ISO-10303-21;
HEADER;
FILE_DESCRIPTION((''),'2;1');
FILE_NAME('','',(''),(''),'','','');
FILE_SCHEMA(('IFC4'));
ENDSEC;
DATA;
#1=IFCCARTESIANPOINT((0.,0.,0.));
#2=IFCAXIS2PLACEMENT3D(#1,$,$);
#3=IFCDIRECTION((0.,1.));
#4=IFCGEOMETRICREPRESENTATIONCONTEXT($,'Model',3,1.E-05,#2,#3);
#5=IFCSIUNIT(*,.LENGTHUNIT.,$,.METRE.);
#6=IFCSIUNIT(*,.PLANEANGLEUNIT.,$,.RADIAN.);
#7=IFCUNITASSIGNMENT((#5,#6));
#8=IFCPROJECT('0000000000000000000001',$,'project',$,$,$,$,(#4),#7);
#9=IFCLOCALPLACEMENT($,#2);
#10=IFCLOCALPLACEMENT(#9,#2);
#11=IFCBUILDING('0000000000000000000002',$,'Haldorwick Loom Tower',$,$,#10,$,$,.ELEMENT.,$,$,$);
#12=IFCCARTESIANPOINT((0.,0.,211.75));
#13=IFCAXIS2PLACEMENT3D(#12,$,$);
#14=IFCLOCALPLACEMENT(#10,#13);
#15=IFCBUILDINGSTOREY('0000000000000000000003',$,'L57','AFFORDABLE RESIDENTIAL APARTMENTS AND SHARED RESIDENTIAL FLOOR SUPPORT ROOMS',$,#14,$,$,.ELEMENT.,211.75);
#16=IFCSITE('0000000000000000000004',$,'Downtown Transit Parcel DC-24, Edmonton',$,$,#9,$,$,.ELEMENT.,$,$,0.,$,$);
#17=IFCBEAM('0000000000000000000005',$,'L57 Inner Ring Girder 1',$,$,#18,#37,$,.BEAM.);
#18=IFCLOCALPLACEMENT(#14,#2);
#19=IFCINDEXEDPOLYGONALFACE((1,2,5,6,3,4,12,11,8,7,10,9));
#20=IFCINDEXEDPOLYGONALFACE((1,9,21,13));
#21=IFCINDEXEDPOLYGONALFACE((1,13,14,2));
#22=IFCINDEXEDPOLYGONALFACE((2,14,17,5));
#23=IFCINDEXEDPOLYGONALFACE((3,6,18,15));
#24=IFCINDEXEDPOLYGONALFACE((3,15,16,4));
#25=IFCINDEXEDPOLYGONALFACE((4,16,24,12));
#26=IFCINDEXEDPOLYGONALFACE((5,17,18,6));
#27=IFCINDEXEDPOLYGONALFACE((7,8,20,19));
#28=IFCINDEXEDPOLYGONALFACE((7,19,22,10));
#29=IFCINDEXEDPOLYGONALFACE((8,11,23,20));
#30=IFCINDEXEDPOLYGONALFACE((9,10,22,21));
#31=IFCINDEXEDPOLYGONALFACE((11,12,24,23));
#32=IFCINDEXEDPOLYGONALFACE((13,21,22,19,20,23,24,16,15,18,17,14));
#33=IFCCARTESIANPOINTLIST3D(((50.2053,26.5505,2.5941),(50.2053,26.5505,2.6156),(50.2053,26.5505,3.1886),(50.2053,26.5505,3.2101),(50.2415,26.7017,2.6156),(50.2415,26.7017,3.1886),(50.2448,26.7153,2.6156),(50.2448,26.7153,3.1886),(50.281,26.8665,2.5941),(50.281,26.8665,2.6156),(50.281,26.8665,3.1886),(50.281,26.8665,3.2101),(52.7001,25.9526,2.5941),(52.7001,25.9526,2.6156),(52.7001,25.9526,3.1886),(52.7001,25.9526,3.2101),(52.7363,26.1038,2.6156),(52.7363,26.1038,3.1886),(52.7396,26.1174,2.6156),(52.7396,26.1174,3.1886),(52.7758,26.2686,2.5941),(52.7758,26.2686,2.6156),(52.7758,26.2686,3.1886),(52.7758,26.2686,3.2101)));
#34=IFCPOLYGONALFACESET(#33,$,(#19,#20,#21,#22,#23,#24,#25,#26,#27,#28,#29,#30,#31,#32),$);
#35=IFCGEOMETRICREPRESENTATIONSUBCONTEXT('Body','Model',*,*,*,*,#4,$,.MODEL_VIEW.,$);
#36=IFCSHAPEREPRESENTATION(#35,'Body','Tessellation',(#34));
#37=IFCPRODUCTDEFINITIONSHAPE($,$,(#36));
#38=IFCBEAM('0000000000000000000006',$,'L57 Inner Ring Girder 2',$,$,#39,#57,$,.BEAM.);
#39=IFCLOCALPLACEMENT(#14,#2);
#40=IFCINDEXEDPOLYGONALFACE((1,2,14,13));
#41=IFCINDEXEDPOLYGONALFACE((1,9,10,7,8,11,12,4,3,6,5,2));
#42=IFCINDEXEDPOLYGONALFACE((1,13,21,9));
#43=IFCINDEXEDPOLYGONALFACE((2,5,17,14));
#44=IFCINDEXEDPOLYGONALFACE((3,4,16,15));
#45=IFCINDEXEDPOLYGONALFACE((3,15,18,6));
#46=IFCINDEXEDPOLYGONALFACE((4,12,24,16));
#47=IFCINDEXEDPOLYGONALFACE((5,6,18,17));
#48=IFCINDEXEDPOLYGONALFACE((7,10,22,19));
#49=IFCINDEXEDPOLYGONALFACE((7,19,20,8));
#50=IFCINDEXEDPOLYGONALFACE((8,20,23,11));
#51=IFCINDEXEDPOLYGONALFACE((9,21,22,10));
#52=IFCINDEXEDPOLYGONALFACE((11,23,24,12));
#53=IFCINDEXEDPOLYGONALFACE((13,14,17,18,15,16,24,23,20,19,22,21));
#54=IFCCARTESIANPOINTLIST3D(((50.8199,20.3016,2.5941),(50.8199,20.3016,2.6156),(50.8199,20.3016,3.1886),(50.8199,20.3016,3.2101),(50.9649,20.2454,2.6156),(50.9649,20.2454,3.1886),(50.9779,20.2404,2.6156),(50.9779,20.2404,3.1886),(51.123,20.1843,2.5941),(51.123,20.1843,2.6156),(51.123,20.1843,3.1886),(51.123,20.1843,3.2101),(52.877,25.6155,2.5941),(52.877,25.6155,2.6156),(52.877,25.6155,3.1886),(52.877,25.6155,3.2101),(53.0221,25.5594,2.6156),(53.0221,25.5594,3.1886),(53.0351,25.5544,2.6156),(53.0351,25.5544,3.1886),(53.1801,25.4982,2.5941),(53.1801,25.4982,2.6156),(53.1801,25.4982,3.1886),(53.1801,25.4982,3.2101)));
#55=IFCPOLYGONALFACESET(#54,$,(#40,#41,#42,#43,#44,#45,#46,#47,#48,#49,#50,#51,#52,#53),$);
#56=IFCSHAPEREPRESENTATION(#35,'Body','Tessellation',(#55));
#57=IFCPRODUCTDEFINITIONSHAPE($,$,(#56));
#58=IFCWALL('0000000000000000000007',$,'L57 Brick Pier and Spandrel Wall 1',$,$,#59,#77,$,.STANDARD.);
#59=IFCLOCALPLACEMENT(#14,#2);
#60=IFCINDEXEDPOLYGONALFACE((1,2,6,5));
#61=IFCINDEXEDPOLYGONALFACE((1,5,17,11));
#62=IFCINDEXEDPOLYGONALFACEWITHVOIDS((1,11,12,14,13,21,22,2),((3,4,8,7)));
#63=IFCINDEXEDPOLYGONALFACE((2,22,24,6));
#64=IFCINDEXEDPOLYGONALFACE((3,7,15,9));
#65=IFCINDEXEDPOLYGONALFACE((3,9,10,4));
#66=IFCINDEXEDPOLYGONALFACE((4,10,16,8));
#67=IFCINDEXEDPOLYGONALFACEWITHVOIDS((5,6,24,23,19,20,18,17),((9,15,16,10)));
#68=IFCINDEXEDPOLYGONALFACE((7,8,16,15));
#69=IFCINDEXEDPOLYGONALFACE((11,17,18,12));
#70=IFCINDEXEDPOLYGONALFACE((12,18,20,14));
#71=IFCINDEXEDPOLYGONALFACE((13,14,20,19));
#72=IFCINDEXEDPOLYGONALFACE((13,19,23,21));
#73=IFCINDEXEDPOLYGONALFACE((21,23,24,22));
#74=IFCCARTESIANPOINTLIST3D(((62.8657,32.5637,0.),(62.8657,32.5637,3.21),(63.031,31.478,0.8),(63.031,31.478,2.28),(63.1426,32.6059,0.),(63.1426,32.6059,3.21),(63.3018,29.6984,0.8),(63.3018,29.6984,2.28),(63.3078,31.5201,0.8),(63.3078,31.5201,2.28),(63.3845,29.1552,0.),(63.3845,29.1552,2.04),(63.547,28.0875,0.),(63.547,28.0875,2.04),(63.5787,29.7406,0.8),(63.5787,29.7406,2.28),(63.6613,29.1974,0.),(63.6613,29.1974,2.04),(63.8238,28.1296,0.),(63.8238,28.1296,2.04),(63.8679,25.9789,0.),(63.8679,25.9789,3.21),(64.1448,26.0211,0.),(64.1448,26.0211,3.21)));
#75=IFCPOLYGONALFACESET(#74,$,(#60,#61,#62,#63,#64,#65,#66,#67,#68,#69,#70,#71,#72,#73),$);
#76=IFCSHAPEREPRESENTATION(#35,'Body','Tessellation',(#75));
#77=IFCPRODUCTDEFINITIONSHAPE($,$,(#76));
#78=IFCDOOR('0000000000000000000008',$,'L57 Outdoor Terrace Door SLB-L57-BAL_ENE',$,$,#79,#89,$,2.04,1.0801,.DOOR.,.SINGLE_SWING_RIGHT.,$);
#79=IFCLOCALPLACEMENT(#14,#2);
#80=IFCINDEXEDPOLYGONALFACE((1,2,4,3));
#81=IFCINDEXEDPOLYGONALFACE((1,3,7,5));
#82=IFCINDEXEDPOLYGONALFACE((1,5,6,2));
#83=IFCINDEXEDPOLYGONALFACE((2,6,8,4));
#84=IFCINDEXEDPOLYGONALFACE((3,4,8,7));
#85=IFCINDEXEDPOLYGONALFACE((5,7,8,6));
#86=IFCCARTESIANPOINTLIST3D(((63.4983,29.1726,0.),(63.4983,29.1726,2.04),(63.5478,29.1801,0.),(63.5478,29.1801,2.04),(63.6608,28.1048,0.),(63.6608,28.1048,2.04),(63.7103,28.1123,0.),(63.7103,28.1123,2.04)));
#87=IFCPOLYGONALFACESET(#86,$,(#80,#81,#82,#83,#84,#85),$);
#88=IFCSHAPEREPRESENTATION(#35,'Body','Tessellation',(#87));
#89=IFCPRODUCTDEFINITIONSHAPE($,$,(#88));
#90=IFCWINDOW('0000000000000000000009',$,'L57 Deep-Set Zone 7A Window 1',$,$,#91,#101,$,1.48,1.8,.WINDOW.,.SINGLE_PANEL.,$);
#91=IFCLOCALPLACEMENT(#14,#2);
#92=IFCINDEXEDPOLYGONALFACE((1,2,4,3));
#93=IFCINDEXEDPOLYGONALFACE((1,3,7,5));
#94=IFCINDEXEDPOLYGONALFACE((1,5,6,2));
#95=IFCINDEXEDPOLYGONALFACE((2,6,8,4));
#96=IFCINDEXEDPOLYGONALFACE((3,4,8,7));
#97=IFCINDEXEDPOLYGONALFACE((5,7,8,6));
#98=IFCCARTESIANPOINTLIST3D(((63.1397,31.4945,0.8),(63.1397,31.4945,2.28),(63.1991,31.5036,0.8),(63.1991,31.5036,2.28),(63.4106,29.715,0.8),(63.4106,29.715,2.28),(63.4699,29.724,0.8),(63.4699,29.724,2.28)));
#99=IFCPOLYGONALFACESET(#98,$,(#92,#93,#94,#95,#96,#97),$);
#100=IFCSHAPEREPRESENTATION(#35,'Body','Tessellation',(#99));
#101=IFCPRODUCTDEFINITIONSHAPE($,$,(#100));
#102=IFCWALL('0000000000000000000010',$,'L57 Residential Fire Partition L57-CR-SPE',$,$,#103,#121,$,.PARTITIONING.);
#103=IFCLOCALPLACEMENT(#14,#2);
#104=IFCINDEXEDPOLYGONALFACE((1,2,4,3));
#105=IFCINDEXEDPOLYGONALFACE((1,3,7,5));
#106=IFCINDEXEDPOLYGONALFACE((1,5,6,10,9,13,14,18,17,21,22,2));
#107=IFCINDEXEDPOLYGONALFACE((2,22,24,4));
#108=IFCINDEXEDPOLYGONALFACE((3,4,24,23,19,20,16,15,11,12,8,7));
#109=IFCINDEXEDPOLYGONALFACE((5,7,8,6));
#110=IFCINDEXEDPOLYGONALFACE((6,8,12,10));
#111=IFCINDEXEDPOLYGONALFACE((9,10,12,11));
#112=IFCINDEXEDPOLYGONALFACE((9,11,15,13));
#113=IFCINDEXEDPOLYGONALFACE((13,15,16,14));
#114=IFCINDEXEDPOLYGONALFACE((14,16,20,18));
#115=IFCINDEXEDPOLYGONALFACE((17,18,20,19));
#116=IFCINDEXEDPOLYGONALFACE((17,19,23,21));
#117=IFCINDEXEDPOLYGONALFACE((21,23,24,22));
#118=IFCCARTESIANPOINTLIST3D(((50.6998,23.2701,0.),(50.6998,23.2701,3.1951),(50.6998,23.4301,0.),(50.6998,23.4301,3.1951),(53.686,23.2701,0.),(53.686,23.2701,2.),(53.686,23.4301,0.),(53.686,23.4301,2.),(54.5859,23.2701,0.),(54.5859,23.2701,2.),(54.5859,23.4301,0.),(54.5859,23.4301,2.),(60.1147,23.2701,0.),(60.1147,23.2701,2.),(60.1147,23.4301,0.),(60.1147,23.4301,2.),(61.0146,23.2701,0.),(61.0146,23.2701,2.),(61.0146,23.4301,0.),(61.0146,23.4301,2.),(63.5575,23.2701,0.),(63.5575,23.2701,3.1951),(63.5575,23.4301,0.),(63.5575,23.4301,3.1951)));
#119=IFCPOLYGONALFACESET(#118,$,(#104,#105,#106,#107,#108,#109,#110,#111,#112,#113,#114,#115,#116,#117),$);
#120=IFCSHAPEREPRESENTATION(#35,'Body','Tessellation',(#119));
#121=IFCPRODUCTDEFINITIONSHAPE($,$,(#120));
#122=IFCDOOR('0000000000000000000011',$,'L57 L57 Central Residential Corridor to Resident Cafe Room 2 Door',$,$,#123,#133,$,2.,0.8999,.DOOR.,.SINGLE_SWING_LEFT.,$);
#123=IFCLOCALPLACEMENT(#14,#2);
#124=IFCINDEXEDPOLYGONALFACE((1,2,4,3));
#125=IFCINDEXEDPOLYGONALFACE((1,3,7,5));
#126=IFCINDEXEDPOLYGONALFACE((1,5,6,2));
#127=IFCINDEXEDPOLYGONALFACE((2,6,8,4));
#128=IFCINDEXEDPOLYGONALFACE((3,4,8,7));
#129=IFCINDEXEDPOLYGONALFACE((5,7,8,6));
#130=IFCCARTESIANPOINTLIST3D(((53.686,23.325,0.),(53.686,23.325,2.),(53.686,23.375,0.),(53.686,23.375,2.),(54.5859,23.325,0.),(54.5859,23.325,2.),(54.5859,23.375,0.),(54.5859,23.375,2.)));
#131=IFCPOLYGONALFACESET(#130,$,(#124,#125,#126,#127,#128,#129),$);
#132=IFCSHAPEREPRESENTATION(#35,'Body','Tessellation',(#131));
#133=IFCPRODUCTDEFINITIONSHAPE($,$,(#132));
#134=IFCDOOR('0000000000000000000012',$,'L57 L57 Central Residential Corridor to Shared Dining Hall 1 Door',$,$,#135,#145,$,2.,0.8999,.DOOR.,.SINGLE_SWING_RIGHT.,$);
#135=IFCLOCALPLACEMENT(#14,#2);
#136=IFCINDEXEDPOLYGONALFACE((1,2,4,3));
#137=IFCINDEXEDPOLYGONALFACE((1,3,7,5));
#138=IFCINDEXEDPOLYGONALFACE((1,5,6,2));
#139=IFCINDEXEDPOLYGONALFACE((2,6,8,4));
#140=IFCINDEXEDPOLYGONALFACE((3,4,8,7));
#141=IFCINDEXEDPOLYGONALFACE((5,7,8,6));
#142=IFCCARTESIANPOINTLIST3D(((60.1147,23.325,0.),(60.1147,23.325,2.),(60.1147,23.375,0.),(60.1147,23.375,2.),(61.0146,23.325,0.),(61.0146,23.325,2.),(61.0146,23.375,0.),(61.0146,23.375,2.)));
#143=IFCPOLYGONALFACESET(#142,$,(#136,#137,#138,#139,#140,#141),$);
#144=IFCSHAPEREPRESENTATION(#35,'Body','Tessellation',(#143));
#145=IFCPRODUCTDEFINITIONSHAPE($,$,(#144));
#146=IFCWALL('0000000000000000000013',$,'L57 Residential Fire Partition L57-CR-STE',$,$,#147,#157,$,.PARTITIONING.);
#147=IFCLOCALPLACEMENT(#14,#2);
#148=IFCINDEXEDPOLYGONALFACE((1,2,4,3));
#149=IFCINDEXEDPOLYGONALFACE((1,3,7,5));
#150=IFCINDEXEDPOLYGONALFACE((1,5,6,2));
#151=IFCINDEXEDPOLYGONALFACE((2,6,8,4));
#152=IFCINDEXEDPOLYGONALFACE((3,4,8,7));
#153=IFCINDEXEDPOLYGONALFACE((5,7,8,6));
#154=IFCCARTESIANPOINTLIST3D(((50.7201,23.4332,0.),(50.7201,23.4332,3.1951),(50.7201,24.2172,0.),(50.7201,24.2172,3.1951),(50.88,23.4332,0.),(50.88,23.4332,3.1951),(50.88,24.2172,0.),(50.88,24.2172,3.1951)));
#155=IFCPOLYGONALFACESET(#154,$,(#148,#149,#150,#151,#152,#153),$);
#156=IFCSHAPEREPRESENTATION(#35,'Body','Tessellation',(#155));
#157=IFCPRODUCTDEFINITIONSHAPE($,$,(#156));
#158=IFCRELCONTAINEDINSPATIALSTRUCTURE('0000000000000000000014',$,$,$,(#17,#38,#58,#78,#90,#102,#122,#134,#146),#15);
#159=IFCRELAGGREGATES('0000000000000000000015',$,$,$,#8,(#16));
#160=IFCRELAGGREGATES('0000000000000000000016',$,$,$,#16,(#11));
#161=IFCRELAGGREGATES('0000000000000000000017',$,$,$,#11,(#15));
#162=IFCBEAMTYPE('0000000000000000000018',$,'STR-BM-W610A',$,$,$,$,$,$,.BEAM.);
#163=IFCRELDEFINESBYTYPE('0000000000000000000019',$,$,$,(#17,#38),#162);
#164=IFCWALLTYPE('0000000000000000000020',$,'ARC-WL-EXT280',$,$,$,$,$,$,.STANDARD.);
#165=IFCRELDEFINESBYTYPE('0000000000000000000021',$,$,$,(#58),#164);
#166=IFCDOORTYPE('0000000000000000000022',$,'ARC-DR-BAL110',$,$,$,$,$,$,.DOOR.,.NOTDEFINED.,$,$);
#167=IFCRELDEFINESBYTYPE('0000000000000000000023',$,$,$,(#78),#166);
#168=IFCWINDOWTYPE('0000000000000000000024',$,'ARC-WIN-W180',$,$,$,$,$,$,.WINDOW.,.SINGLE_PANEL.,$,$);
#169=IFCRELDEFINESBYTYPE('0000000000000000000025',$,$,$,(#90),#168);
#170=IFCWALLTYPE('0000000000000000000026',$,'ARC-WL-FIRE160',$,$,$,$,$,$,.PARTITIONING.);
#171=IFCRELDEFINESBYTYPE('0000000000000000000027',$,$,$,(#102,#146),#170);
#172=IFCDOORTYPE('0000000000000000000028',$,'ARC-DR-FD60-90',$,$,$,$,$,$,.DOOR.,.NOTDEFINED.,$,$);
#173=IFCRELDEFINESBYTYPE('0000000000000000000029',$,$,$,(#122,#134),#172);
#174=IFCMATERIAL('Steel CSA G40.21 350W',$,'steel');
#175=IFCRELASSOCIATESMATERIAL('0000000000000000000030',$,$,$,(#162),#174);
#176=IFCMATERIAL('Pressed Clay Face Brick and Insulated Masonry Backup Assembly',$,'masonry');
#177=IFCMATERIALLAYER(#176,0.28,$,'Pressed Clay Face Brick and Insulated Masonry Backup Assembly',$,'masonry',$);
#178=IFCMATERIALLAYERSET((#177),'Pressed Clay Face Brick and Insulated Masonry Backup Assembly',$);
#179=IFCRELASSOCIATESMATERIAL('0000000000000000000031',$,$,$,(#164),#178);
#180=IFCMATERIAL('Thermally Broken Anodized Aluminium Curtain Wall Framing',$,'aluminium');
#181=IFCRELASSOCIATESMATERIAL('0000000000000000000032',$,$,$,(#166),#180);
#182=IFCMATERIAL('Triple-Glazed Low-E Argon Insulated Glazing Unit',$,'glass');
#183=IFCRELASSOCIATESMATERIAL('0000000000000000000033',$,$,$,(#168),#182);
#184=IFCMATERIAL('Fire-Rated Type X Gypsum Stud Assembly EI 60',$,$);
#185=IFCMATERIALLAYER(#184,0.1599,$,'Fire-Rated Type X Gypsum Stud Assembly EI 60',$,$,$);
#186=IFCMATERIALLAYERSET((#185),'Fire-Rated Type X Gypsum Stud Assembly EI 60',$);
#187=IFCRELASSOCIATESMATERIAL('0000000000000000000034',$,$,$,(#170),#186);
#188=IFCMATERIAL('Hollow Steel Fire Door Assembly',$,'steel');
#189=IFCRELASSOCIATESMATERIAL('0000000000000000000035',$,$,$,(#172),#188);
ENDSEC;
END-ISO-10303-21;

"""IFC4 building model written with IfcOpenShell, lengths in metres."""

from ifc_helpers import new_model, si_unit, direction, frame, frame_2d, origin, origin_2d, place, context, subcontext, project, spatial, rectangle, i_section, extrude, material, layer, layer_set, material_profile, profile_set, type_object, element, fill, save


model = new_model("IFC4")

# Units and contexts
model_context = context("Model", 3, precision=1e-05, world=origin(), true_north=direction((0.0, 1.0)))
body_context = subcontext(model_context, "Body", "Model", "MODEL_VIEW")
ifc_project = project(units=[si_unit("LENGTHUNIT", "METRE"), si_unit("PLANEANGLEUNIT", "RADIAN")], contexts=[model_context])

# Site, building, storey
site_placement = place(None, origin())
site = spatial("IfcSite", under=ifc_project, at=site_placement, Name="Downtown Transit Parcel DC-24, Edmonton", CompositionType="ELEMENT", RefElevation=0.0)
building_placement = place(site_placement, origin())
building = spatial("IfcBuilding", under=site, at=building_placement, Name="Haldorwick Loom Tower", CompositionType="ELEMENT")
storey_placement = place(building_placement, frame((0.0, 0.0, 211.75)))
storey = spatial("IfcBuildingStorey", under=building, at=storey_placement, Name="L57", Description="AFFORDABLE RESIDENTIAL APARTMENTS AND SHARED RESIDENTIAL FLOOR SUPPORT ROOMS", CompositionType="ELEMENT", Elevation=211.75)

# Shared definitions
ifc_material_1 = material(Name="Steel CSA G40.21 350W", Category="steel")

# Beams
ifc_material_profile_1 = material_profile(ifc_material_1, i_section(OverallWidth=0.325, OverallDepth=0.616, WebThickness=0.0139, FlangeThickness=0.0215, at=origin_2d()), Name="W610X174", Category="steel")
ifc_profile_set_1 = profile_set([ifc_material_profile_1], Name="Steel CSA G40.21 350W")
beam_type_1 = type_object("IfcBeamType", Name="STR-BM-W610A", PredefinedType="BEAM", material=ifc_profile_set_1)
beam_1_placement = place(storey_placement, frame((50.2432, 26.7085, 2.9021), z_axis=(0.972464, -0.233053, 0.0), x_axis=(0.233053, 0.972464, 0.0)))
element("IfcBeam", 1, at=beam_1_placement, inside=storey, type_object=beam_type_1, Name="L57 Inner Ring Girder 1", PredefinedType="BEAM", context=body_context, shape_type="SweptSolid", body=[
    extrude(i_section(OverallWidth=0.325, OverallDepth=0.616, WebThickness=0.0139, FlangeThickness=0.0215, at=origin_2d()), origin(), (0.0, 0.0, 1.0), 2.5654),
])
beam_2_placement = place(storey_placement, frame((53.0286, 25.5569, 2.9021), z_axis=(-0.361011, -0.932562, 0.0), x_axis=(0.932562, -0.361011, 0.0)))
element("IfcBeam", 2, at=beam_2_placement, inside=storey, type_object=beam_type_1, Name="L57 Inner Ring Girder 2", PredefinedType="BEAM", context=body_context, shape_type="SweptSolid", body=[
    extrude(i_section(OverallWidth=0.325, OverallDepth=0.616, WebThickness=0.0139, FlangeThickness=0.0215, at=origin_2d()), origin(), (0.0, 0.0, 1.0), 5.6982),
])

# Wall, openings, door, window
ifc_material_2 = material(Name="Pressed Clay Face Brick and Insulated Masonry Backup Assembly", Category="masonry")
ifc_layer_1 = layer(ifc_material_2, 0.28, Name="Pressed Clay Face Brick and Insulated Masonry Backup Assembly", Category="masonry")
ifc_layer_set_1 = layer_set([ifc_layer_1], Name="Pressed Clay Face Brick and Insulated Masonry Backup Assembly")
wall_type_1 = type_object("IfcWallType", Name="ARC-WL-EXT280", PredefinedType="STANDARD", material=ifc_layer_set_1)
wall_1_placement = place(storey_placement, frame((64.0063, 26.0, 0.0), z_axis=(0.0, 0.0, 1.0), x_axis=(-0.150468, 0.988615, 0.0)))
wall_1 = element("IfcWall", 3, at=wall_1_placement, inside=storey, type_object=wall_type_1, Name="L57 Brick Pier and Spandrel Wall 1", PredefinedType="STANDARD", context=body_context, shape_type="SweptSolid", body=[
    extrude(rectangle(XDim=6.6606, YDim=0.28, at=frame_2d((3.3303, 0.0))), origin(), (0.0, 0.0, 1.0), 3.21),
])
opening_1_placement = place(wall_1_placement, frame((2.1328, 0.0, 0.0)))
opening_1 = element("IfcOpeningElement", 4, at=opening_1_placement, cuts=wall_1, PredefinedType="OPENING", context=body_context, shape_type="SweptSolid", body=[
    extrude(rectangle(XDim=1.0801, YDim=2.04, at=frame_2d((0.54, 1.02))), frame((0.0, 0.1499, 0.0), z_axis=(0.0, -1.0, 0.0), x_axis=(1.0, 0.0, 0.0)), (0.0, 0.0, 1.0), 0.3),
])
opening_2_placement = place(wall_1_placement, frame((3.7625, 0.0, 0.8)))
opening_2 = element("IfcOpeningElement", 5, at=opening_2_placement, cuts=wall_1, PredefinedType="OPENING", context=body_context, shape_type="SweptSolid", body=[
    extrude(rectangle(XDim=1.8, YDim=1.48, at=frame_2d((0.8999, 0.74))), frame((0.0, 0.1499, 0.0), z_axis=(0.0, -1.0, 0.0), x_axis=(1.0, 0.0, 0.0)), (0.0, 0.0, 1.0), 0.3),
])
ifc_material_3 = material(Name="Thermally Broken Anodized Aluminium Curtain Wall Framing", Category="aluminium")
door_type_1 = type_object("IfcDoorType", Name="ARC-DR-BAL110", OperationType="NOTDEFINED", PredefinedType="DOOR", material=ifc_material_3)
door_1_placement = place(opening_1_placement, origin())
door_1 = element("IfcDoor", 6, at=door_1_placement, inside=storey, type_object=door_type_1, Name="L57 Outdoor Terrace Door SLB-L57-BAL_ENE", OperationType="SINGLE_SWING_RIGHT", OverallHeight=2.04, OverallWidth=1.0801, PredefinedType="DOOR", context=body_context, shape_type="SweptSolid", body=[
    extrude(rectangle(XDim=1.0801, YDim=2.04, at=frame_2d((0.54, 1.02))), frame((0.0, 0.0249, 0.0), z_axis=(0.0, -1.0, 0.0), x_axis=(1.0, 0.0, 0.0)), (0.0, 0.0, 1.0), 0.05),
])
fill(opening_1, door_1)
ifc_material_4 = material(Name="Triple-Glazed Low-E Argon Insulated Glazing Unit", Category="glass")
window_type = type_object("IfcWindowType", Name="ARC-WIN-W180", PartitioningType="SINGLE_PANEL", PredefinedType="WINDOW", material=ifc_material_4)
window_placement = place(opening_2_placement, origin())
window = element("IfcWindow", 7, at=window_placement, inside=storey, type_object=window_type, Name="L57 Deep-Set Zone 7A Window 1", OverallHeight=1.48, OverallWidth=1.8, PartitioningType="SINGLE_PANEL", PredefinedType="WINDOW", context=body_context, shape_type="SweptSolid", body=[
    extrude(rectangle(XDim=1.8, YDim=1.48, at=frame_2d((0.8999, 0.74))), frame((0.0, 0.03, 0.0), z_axis=(0.0, -1.0, 0.0), x_axis=(1.0, 0.0, 0.0)), (0.0, 0.0, 1.0), 0.0601),
])
fill(opening_2, window)

# Wall, openings, doors
ifc_material_5 = material(Name="Fire-Rated Type X Gypsum Stud Assembly EI 60")
ifc_layer_2 = layer(ifc_material_5, 0.1599, Name="Fire-Rated Type X Gypsum Stud Assembly EI 60")
ifc_layer_set_2 = layer_set([ifc_layer_2], Name="Fire-Rated Type X Gypsum Stud Assembly EI 60")
wall_type_2 = type_object("IfcWallType", Name="ARC-WL-FIRE160", PredefinedType="PARTITIONING", material=ifc_layer_set_2)
wall_2_placement = place(storey_placement, frame((50.7, 23.3501, 0.0), z_axis=(0.0, 0.0, 1.0), x_axis=(1.0, 0.0, 0.0)))
wall_2 = element("IfcWall", 8, at=wall_2_placement, inside=storey, type_object=wall_type_2, Name="L57 Residential Fire Partition L57-CR-SPE", PredefinedType="PARTITIONING", context=body_context, shape_type="SweptSolid", body=[
    extrude(rectangle(XDim=12.8577, YDim=0.1599, at=frame_2d((6.4287, 0.0))), origin(), (0.0, 0.0, 1.0), 3.1951),
])
opening_3_placement = place(wall_2_placement, frame((2.9861, 0.0, 0.0)))
opening_3 = element("IfcOpeningElement", 9, at=opening_3_placement, cuts=wall_2, PredefinedType="OPENING", context=body_context, shape_type="SweptSolid", body=[
    extrude(rectangle(XDim=0.8999, YDim=2.0, at=frame_2d((0.45, 1.0))), frame((0.0, 0.0898, 0.0), z_axis=(0.0, -1.0, 0.0), x_axis=(1.0, 0.0, 0.0)), (0.0, 0.0, 1.0), 0.1799),
])
opening_4_placement = place(wall_2_placement, frame((9.4148, 0.0, 0.0)))
opening_4 = element("IfcOpeningElement", 10, at=opening_4_placement, cuts=wall_2, PredefinedType="OPENING", context=body_context, shape_type="SweptSolid", body=[
    extrude(rectangle(XDim=0.8999, YDim=2.0, at=frame_2d((0.45, 1.0))), frame((0.0, 0.0898, 0.0), z_axis=(0.0, -1.0, 0.0), x_axis=(1.0, 0.0, 0.0)), (0.0, 0.0, 1.0), 0.1799),
])
ifc_material_6 = material(Name="Hollow Steel Fire Door Assembly", Category="steel")
door_type_2 = type_object("IfcDoorType", Name="ARC-DR-FD60-90", OperationType="NOTDEFINED", PredefinedType="DOOR", material=ifc_material_6)
door_2_placement = place(opening_3_placement, origin())
door_2 = element("IfcDoor", 11, at=door_2_placement, inside=storey, type_object=door_type_2, Name="L57 L57 Central Residential Corridor to Resident Cafe Room 2 Door", OperationType="SINGLE_SWING_LEFT", OverallHeight=2.0, OverallWidth=0.8999, PredefinedType="DOOR", context=body_context, shape_type="SweptSolid", body=[
    extrude(rectangle(XDim=0.8999, YDim=2.0, at=frame_2d((0.45, 1.0))), frame((0.0, 0.0249, 0.0), z_axis=(0.0, -1.0, 0.0), x_axis=(1.0, 0.0, 0.0)), (0.0, 0.0, 1.0), 0.05),
])
fill(opening_3, door_2)
door_3_placement = place(opening_4_placement, origin())
door_3 = element("IfcDoor", 12, at=door_3_placement, inside=storey, type_object=door_type_2, Name="L57 L57 Central Residential Corridor to Shared Dining Hall 1 Door", OperationType="SINGLE_SWING_RIGHT", OverallHeight=2.0, OverallWidth=0.8999, PredefinedType="DOOR", context=body_context, shape_type="SweptSolid", body=[
    extrude(rectangle(XDim=0.8999, YDim=2.0, at=frame_2d((0.45, 1.0))), frame((0.0, 0.0249, 0.0), z_axis=(0.0, -1.0, 0.0), x_axis=(1.0, 0.0, 0.0)), (0.0, 0.0, 1.0), 0.05),
])
fill(opening_4, door_3)

# Wall
wall_3_placement = place(storey_placement, frame((50.8, 23.4331, 0.0), z_axis=(0.0, 0.0, 1.0), x_axis=(0.0, 1.0, 0.0)))
element("IfcWall", 13, at=wall_3_placement, inside=storey, type_object=wall_type_2, Name="L57 Residential Fire Partition L57-CR-STE", PredefinedType="PARTITIONING", context=body_context, shape_type="SweptSolid", body=[
    extrude(rectangle(XDim=0.7839, YDim=0.1599, at=frame_2d((0.3921, 0.0))), origin(), (0.0, 0.0, 1.0), 3.1951),
])

save(model, "model.ifc")
